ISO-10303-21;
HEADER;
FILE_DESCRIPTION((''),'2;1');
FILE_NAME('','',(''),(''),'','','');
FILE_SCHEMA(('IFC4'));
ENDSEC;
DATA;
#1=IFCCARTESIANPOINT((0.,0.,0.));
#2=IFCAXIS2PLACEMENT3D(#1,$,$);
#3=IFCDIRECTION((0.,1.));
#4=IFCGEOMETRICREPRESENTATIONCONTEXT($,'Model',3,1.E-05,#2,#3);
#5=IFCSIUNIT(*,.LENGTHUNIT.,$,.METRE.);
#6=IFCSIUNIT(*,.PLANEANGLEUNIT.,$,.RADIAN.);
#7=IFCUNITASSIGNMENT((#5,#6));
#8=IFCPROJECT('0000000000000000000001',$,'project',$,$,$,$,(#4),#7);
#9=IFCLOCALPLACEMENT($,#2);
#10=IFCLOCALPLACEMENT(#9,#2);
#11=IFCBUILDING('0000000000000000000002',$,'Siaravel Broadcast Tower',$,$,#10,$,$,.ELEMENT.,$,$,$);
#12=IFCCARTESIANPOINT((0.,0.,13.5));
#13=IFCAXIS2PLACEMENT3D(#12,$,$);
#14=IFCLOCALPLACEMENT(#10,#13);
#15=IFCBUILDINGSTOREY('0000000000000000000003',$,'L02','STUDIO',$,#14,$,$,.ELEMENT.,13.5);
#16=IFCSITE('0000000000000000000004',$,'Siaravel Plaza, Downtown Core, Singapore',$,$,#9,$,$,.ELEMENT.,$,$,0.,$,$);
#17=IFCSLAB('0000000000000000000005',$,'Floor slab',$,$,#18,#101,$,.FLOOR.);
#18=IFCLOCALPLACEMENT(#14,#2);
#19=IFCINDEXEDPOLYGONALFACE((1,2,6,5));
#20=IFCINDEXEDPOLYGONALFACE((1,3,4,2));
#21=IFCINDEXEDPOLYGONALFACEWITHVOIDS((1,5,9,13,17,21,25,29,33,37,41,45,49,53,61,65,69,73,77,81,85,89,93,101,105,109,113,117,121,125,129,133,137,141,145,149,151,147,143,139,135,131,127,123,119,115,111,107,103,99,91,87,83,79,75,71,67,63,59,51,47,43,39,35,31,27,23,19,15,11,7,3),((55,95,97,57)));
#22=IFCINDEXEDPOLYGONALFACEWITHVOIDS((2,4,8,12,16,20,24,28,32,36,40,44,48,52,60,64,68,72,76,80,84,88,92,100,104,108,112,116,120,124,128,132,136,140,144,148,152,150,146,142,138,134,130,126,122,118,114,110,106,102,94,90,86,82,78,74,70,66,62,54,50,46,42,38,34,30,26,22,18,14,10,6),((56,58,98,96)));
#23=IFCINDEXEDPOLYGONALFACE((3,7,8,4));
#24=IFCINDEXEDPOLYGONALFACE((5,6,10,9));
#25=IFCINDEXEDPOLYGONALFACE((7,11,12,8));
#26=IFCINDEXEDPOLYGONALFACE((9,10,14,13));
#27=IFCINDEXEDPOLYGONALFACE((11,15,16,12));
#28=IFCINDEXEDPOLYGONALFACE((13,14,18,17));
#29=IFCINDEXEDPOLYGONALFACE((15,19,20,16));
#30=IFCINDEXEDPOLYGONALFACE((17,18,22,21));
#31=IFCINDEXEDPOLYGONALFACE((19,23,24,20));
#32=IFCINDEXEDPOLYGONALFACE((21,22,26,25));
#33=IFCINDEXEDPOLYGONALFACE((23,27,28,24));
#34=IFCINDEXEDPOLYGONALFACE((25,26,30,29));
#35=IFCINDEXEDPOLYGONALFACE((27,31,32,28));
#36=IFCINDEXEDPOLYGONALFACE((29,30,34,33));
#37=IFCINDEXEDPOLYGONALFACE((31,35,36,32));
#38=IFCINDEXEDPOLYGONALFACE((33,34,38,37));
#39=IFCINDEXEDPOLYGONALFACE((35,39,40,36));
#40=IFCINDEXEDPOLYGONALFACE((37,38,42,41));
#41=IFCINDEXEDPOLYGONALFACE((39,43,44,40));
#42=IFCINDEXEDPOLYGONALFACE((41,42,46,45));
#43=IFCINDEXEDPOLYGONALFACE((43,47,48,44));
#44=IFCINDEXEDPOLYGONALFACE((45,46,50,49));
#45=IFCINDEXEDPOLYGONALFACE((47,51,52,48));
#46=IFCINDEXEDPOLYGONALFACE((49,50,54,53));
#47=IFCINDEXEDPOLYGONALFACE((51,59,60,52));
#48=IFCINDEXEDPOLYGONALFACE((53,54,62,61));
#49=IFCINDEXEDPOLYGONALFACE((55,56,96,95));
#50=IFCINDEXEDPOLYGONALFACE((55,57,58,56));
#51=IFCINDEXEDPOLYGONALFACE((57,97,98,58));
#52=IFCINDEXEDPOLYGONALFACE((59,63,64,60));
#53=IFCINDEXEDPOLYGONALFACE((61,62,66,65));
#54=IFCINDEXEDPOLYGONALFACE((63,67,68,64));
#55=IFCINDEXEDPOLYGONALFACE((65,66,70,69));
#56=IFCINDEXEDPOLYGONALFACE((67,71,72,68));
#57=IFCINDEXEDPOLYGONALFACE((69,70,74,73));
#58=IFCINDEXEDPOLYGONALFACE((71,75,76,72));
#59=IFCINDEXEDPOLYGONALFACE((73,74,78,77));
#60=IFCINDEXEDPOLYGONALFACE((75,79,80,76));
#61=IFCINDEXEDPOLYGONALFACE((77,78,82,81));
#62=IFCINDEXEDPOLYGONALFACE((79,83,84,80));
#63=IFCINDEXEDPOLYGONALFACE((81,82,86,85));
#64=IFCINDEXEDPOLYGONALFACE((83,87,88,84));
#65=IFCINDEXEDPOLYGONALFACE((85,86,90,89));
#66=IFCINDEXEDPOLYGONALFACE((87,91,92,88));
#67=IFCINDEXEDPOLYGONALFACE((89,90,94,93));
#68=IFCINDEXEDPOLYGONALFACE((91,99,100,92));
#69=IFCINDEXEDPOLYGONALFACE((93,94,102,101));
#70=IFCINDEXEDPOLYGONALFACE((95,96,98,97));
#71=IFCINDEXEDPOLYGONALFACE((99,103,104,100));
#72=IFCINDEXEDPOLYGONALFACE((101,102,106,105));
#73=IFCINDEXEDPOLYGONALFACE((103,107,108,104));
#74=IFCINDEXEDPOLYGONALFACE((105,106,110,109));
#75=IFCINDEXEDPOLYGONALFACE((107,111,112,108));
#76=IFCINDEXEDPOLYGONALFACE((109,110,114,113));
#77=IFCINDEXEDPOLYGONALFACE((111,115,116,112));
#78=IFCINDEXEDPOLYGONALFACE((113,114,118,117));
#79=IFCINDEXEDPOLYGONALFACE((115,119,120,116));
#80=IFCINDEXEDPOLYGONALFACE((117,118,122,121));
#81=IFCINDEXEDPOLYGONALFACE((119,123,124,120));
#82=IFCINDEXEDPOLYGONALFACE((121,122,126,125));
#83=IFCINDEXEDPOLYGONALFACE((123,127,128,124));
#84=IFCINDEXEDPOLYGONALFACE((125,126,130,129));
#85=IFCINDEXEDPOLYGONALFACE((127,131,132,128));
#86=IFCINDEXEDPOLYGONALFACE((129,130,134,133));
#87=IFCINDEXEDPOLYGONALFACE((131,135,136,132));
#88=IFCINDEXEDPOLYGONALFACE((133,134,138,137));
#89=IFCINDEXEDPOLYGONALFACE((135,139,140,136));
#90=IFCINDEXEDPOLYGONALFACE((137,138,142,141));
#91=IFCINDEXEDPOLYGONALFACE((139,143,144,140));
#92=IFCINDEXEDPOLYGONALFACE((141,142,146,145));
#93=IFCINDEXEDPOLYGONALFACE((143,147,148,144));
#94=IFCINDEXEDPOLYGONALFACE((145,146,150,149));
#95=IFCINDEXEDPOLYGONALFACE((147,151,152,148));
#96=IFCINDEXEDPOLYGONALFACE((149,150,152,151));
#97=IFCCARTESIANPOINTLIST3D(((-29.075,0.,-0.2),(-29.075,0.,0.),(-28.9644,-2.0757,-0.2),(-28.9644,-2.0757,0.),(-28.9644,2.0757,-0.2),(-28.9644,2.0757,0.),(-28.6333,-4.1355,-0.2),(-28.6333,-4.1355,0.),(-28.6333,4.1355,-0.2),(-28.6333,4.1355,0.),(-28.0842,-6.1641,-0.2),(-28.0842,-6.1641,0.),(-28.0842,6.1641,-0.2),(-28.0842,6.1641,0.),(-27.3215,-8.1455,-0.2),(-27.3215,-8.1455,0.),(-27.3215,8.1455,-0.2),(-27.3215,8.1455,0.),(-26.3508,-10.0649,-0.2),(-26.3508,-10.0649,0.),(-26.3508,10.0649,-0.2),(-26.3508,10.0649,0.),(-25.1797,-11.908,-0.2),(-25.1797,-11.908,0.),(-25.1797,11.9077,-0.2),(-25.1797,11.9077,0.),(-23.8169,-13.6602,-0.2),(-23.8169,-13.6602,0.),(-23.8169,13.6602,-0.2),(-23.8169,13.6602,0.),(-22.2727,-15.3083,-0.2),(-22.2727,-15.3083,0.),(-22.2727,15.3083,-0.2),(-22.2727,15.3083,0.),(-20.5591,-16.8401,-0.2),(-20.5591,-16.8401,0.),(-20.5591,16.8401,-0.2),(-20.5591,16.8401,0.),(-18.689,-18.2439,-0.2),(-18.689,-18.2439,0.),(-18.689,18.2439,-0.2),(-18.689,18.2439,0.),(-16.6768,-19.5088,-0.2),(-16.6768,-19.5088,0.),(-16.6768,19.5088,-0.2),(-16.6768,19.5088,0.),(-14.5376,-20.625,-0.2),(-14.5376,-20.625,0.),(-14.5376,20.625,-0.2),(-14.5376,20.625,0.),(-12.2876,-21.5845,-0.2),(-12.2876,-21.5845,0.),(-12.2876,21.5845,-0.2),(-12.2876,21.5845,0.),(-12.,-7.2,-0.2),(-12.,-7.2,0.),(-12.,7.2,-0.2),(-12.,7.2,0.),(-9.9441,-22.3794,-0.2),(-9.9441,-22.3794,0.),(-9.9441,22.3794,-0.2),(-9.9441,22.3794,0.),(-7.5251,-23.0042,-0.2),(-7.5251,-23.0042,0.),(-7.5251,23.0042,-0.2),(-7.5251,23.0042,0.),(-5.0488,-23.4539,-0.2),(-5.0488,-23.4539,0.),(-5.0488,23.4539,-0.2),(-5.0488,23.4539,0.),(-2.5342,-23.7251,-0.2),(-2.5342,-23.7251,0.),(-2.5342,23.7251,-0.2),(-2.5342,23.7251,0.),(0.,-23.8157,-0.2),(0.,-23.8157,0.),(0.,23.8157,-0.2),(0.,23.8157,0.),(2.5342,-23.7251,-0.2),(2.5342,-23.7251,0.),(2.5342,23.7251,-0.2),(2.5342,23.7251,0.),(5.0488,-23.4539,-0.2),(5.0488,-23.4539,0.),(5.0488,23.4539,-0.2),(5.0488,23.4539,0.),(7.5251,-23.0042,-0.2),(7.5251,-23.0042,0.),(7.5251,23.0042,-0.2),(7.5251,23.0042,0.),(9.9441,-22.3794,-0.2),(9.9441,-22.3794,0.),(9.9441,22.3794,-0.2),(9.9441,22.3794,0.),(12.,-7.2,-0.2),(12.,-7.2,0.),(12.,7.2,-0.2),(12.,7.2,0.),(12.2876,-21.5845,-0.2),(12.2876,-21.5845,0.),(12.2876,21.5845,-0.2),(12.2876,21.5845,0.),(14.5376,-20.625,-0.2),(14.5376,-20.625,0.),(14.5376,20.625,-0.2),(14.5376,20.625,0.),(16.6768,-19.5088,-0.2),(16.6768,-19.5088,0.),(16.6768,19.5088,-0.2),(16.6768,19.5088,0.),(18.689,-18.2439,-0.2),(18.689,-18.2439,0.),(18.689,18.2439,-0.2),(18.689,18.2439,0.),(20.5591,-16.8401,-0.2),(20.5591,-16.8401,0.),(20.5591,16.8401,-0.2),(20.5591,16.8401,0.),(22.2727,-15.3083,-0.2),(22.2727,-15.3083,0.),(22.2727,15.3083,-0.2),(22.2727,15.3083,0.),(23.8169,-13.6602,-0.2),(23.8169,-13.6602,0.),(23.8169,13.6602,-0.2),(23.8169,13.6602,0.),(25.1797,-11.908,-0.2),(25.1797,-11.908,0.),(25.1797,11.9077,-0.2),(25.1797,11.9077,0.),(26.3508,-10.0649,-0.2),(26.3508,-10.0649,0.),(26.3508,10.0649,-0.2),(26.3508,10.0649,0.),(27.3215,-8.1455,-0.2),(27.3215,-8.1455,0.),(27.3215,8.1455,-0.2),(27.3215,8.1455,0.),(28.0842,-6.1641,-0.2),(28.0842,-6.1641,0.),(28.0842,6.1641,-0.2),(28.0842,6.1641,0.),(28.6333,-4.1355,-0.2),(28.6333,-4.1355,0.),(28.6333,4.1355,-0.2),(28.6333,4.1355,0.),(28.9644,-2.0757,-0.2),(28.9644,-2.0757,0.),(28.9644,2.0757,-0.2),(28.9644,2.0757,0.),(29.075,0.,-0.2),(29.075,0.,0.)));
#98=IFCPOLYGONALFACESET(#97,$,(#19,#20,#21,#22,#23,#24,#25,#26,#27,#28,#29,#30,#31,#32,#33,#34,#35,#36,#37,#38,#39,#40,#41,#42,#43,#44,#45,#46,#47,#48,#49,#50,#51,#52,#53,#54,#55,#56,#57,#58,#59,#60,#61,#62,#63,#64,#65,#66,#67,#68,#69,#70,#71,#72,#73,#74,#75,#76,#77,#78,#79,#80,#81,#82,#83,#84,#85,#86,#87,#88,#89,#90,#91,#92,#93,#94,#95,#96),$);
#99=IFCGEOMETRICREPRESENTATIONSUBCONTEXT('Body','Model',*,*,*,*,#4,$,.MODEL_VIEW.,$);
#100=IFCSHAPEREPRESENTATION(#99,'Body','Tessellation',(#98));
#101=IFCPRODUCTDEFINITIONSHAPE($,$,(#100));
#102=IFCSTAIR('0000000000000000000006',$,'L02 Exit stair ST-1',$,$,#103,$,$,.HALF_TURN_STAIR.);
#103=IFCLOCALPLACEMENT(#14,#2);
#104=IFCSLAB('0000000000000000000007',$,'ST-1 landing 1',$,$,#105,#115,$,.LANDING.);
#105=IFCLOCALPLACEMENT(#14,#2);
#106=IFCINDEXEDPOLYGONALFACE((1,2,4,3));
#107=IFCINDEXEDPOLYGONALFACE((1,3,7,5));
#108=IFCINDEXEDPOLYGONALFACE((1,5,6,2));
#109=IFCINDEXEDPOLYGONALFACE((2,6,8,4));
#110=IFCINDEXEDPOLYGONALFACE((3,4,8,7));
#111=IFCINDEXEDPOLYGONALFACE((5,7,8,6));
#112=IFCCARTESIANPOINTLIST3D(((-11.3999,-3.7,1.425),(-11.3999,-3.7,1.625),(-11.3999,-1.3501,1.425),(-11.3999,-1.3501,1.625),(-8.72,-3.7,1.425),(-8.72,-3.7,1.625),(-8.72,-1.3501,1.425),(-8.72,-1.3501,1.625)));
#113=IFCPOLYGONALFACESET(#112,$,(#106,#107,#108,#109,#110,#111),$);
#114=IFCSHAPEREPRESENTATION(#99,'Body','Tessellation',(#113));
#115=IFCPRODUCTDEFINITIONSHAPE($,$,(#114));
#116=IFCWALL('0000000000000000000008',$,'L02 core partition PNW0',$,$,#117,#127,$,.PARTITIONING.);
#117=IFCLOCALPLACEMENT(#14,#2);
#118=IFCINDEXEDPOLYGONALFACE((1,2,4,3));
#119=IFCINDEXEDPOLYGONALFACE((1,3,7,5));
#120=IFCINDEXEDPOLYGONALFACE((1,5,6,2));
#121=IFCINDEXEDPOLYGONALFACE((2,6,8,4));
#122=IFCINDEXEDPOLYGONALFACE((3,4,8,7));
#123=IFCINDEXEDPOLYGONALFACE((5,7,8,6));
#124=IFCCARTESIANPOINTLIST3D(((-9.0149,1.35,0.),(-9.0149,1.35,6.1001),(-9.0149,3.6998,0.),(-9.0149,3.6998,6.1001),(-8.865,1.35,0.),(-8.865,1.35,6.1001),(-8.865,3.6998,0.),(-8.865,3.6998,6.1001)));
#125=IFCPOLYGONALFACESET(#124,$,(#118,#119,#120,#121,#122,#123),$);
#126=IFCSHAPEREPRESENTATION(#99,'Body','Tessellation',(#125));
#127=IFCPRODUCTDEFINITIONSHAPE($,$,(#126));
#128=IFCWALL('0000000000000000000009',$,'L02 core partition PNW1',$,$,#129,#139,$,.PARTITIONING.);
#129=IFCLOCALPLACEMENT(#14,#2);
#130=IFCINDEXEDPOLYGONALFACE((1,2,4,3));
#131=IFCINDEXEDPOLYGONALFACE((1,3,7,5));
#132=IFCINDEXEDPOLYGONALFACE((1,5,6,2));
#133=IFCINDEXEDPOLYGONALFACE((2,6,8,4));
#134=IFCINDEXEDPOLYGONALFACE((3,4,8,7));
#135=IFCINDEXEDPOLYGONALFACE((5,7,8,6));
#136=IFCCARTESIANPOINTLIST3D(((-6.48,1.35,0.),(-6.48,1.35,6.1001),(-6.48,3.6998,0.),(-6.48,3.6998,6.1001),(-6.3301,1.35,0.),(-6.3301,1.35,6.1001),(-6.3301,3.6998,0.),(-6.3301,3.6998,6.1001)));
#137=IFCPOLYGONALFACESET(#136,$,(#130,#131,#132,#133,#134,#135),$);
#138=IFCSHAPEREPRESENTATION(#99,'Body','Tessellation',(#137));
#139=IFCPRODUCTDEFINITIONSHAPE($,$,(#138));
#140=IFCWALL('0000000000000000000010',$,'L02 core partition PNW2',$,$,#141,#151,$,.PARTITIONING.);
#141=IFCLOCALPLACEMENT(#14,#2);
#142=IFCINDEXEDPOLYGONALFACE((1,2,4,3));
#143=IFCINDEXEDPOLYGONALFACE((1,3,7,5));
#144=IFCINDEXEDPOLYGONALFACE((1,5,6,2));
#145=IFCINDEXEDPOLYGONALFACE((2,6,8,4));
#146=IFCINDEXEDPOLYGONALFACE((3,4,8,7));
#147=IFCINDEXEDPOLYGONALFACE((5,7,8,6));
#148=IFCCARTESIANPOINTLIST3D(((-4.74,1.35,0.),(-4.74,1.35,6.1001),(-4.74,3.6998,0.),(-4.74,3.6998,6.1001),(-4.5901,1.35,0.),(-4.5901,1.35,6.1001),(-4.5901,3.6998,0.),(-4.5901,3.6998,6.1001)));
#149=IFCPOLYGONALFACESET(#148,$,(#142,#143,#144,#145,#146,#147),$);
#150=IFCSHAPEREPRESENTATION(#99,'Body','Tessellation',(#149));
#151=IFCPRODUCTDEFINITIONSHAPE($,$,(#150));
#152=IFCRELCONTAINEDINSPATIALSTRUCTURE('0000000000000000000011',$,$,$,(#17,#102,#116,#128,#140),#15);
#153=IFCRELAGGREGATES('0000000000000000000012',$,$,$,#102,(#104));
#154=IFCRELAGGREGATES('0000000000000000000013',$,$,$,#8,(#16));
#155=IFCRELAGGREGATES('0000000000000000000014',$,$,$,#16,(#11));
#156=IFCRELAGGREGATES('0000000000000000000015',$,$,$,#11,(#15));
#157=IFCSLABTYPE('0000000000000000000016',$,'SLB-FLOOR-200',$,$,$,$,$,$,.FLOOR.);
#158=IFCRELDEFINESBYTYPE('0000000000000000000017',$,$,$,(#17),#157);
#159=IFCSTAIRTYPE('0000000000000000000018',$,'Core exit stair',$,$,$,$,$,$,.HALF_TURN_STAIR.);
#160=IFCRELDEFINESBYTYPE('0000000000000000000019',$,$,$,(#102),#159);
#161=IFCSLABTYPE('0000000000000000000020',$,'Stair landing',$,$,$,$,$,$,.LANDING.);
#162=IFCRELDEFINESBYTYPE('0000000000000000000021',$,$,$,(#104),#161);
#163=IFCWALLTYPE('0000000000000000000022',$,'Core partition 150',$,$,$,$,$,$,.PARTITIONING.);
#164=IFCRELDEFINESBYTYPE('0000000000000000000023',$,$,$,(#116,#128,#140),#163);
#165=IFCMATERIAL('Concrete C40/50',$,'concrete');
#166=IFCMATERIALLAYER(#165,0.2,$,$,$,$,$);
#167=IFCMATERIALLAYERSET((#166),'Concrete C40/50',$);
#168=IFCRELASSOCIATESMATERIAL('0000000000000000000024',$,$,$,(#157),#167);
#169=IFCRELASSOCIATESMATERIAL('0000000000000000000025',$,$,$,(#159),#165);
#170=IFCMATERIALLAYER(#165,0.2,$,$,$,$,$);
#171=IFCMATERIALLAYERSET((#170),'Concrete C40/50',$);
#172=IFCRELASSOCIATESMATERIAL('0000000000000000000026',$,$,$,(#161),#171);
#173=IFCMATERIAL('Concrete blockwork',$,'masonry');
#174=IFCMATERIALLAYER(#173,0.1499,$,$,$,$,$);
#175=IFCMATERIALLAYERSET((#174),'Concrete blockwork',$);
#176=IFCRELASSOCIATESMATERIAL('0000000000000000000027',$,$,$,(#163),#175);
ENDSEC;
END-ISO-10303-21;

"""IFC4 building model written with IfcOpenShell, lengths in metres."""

from ifc_helpers import new_model, si_unit, direction, frame, frame_2d, origin, place, context, subcontext, project, spatial, polyline, rectangle, outline, extrude, material, layer, layer_set, type_object, element, aggregate, save


model = new_model("IFC4")

# Units and contexts
model_context = context("Model", 3, precision=1e-05, world=origin(), true_north=direction((0.0, 1.0)))
body_context = subcontext(model_context, "Body", "Model", "MODEL_VIEW")
ifc_project = project(units=[si_unit("LENGTHUNIT", "METRE"), si_unit("PLANEANGLEUNIT", "RADIAN")], contexts=[model_context])

# Site, building, storey
site_placement = place(None, origin())
site = spatial("IfcSite", under=ifc_project, at=site_placement, Name="Siaravel Plaza, Downtown Core, Singapore", CompositionType="ELEMENT", RefElevation=0.0)
building_placement = place(site_placement, origin())
building = spatial("IfcBuilding", under=site, at=building_placement, Name="Siaravel Broadcast Tower", CompositionType="ELEMENT")
storey_placement = place(building_placement, frame((0.0, 0.0, 13.5)))
storey = spatial("IfcBuildingStorey", under=building, at=storey_placement, Name="L02", Description="STUDIO", CompositionType="ELEMENT", Elevation=13.5)

# Slab
ifc_material_1 = material(Name="Concrete C40/50", Category="concrete")
ifc_layer_1 = layer(ifc_material_1, 0.2)
ifc_layer_set_1 = layer_set([ifc_layer_1], Name="Concrete C40/50")
slab_type_1 = type_object("IfcSlabType", Name="SLB-FLOOR-200", PredefinedType="FLOOR", material=ifc_layer_set_1)
slab_1_placement = place(storey_placement, frame((0.0, 0.0, -0.2)))
element("IfcSlab", 1, at=slab_1_placement, inside=storey, type_object=slab_type_1, Name="Floor slab", PredefinedType="FLOOR", context=body_context, shape_type="SweptSolid", body=[
    extrude(outline(polyline([(29.075, 0.0), (28.9644, 2.0757), (28.6333, 4.1355), (28.0842, 6.1641), (27.3215, 8.1455), (26.3508, 10.0649), (25.1797, 11.9077), (23.8169, 13.6602), (22.2727, 15.3083), (20.5591, 16.8401), (18.689, 18.2439), (16.6768, 19.5088), (14.5376, 20.625), (12.2876, 21.5845), (9.9441, 22.3794), (7.5251, 23.0042), (5.0488, 23.4539), (2.5342, 23.7251), (0.0, 23.8157), (-2.5342, 23.7251), (-5.0488, 23.4539), (-7.5251, 23.0042), (-9.9441, 22.3794), (-12.2876, 21.5845), (-14.5376, 20.625), (-16.6768, 19.5088), (-18.689, 18.2439), (-20.5591, 16.8401), (-22.2727, 15.3083), (-23.8169, 13.6602), (-25.1797, 11.9077), (-26.3508, 10.0649), (-27.3215, 8.1455), (-28.0842, 6.1641), (-28.6333, 4.1355), (-28.9644, 2.0757), (-29.075, 0.0), (-28.9644, -2.0757), (-28.6333, -4.1355), (-28.0842, -6.1641), (-27.3215, -8.1455), (-26.3508, -10.0649), (-25.1797, -11.908), (-23.8169, -13.6602), (-22.2727, -15.3083), (-20.5591, -16.8401), (-18.689, -18.2439), (-16.6768, -19.5088), (-14.5376, -20.625), (-12.2876, -21.5845), (-9.9441, -22.3794), (-7.5251, -23.0042), (-5.0488, -23.4539), (-2.5342, -23.7251), (0.0, -23.8157), (2.5342, -23.7251), (5.0488, -23.4539), (7.5251, -23.0042), (9.9441, -22.3794), (12.2876, -21.5845), (14.5376, -20.625), (16.6768, -19.5088), (18.689, -18.2439), (20.5591, -16.8401), (22.2727, -15.3083), (23.8169, -13.6602), (25.1797, -11.908), (26.3508, -10.0649), (27.3215, -8.1455), (28.0842, -6.1641), (28.6333, -4.1355), (28.9644, -2.0757), (29.075, 0.0)]), holes=[polyline([(-12.0, 7.2), (12.0, 7.2), (12.0, -7.2), (-12.0, -7.2), (-12.0, 7.2)])]), origin(), (0.0, 0.0, 1.0), 0.2),
])

# Stair, slab
stair_type = type_object("IfcStairType", Name="Core exit stair", PredefinedType="HALF_TURN_STAIR", material=ifc_material_1)
stair_placement = place(storey_placement, origin())
stair = element("IfcStair", 2, at=stair_placement, inside=storey, type_object=stair_type, Name="L02 Exit stair ST-1", PredefinedType="HALF_TURN_STAIR")
ifc_layer_2 = layer(ifc_material_1, 0.2)
ifc_layer_set_2 = layer_set([ifc_layer_2], Name="Concrete C40/50")
slab_type_2 = type_object("IfcSlabType", Name="Stair landing", PredefinedType="LANDING", material=ifc_layer_set_2)
slab_2_placement = place(storey_placement, frame((0.0, 0.0, 1.425)))
slab_2 = element("IfcSlab", 3, at=slab_2_placement, type_object=slab_type_2, Name="ST-1 landing 1", PredefinedType="LANDING", context=body_context, shape_type="SweptSolid", body=[
    extrude(outline(polyline([(-8.72, -1.3501), (-11.3999, -1.3501), (-11.3999, -3.7), (-8.72, -3.7), (-8.72, -1.3501)])), origin(), (0.0, 0.0, 1.0), 0.2),
])

# Walls
ifc_material_2 = material(Name="Concrete blockwork", Category="masonry")
ifc_layer_3 = layer(ifc_material_2, 0.1499)
ifc_layer_set_3 = layer_set([ifc_layer_3], Name="Concrete blockwork")
wall_type_1 = type_object("IfcWallType", Name="Core partition 150", PredefinedType="PARTITIONING", material=ifc_layer_set_3)
for number, where, z_axis, x_axis, name in (
    (4, (-8.9399, 1.3501, 0.0), (0.0, 0.0, 1.0), (0.0, 1.0, 0.0), "L02 core partition PNW0"),
    (5, (-6.405, 1.3501, 0.0), (0.0, 0.0, 1.0), (0.0, 1.0, 0.0), "L02 core partition PNW1"),
    (6, (-4.665, 1.3501, 0.0), (0.0, 0.0, 1.0), (0.0, 1.0, 0.0), "L02 core partition PNW2"),
):
    element("IfcWall", number, at=place(storey_placement, frame(where, z_axis=z_axis, x_axis=x_axis)), inside=storey, type_object=wall_type_1, Name=name, PredefinedType="PARTITIONING", context=body_context, shape_type="SweptSolid", body=[
        extrude(rectangle(XDim=2.3499, YDim=0.1499, at=frame_2d((1.1748, 0.0))), origin(), (0.0, 0.0, 1.0), 6.1001),
    ])

aggregate(stair, [slab_2])

save(model, "model.ifc")
